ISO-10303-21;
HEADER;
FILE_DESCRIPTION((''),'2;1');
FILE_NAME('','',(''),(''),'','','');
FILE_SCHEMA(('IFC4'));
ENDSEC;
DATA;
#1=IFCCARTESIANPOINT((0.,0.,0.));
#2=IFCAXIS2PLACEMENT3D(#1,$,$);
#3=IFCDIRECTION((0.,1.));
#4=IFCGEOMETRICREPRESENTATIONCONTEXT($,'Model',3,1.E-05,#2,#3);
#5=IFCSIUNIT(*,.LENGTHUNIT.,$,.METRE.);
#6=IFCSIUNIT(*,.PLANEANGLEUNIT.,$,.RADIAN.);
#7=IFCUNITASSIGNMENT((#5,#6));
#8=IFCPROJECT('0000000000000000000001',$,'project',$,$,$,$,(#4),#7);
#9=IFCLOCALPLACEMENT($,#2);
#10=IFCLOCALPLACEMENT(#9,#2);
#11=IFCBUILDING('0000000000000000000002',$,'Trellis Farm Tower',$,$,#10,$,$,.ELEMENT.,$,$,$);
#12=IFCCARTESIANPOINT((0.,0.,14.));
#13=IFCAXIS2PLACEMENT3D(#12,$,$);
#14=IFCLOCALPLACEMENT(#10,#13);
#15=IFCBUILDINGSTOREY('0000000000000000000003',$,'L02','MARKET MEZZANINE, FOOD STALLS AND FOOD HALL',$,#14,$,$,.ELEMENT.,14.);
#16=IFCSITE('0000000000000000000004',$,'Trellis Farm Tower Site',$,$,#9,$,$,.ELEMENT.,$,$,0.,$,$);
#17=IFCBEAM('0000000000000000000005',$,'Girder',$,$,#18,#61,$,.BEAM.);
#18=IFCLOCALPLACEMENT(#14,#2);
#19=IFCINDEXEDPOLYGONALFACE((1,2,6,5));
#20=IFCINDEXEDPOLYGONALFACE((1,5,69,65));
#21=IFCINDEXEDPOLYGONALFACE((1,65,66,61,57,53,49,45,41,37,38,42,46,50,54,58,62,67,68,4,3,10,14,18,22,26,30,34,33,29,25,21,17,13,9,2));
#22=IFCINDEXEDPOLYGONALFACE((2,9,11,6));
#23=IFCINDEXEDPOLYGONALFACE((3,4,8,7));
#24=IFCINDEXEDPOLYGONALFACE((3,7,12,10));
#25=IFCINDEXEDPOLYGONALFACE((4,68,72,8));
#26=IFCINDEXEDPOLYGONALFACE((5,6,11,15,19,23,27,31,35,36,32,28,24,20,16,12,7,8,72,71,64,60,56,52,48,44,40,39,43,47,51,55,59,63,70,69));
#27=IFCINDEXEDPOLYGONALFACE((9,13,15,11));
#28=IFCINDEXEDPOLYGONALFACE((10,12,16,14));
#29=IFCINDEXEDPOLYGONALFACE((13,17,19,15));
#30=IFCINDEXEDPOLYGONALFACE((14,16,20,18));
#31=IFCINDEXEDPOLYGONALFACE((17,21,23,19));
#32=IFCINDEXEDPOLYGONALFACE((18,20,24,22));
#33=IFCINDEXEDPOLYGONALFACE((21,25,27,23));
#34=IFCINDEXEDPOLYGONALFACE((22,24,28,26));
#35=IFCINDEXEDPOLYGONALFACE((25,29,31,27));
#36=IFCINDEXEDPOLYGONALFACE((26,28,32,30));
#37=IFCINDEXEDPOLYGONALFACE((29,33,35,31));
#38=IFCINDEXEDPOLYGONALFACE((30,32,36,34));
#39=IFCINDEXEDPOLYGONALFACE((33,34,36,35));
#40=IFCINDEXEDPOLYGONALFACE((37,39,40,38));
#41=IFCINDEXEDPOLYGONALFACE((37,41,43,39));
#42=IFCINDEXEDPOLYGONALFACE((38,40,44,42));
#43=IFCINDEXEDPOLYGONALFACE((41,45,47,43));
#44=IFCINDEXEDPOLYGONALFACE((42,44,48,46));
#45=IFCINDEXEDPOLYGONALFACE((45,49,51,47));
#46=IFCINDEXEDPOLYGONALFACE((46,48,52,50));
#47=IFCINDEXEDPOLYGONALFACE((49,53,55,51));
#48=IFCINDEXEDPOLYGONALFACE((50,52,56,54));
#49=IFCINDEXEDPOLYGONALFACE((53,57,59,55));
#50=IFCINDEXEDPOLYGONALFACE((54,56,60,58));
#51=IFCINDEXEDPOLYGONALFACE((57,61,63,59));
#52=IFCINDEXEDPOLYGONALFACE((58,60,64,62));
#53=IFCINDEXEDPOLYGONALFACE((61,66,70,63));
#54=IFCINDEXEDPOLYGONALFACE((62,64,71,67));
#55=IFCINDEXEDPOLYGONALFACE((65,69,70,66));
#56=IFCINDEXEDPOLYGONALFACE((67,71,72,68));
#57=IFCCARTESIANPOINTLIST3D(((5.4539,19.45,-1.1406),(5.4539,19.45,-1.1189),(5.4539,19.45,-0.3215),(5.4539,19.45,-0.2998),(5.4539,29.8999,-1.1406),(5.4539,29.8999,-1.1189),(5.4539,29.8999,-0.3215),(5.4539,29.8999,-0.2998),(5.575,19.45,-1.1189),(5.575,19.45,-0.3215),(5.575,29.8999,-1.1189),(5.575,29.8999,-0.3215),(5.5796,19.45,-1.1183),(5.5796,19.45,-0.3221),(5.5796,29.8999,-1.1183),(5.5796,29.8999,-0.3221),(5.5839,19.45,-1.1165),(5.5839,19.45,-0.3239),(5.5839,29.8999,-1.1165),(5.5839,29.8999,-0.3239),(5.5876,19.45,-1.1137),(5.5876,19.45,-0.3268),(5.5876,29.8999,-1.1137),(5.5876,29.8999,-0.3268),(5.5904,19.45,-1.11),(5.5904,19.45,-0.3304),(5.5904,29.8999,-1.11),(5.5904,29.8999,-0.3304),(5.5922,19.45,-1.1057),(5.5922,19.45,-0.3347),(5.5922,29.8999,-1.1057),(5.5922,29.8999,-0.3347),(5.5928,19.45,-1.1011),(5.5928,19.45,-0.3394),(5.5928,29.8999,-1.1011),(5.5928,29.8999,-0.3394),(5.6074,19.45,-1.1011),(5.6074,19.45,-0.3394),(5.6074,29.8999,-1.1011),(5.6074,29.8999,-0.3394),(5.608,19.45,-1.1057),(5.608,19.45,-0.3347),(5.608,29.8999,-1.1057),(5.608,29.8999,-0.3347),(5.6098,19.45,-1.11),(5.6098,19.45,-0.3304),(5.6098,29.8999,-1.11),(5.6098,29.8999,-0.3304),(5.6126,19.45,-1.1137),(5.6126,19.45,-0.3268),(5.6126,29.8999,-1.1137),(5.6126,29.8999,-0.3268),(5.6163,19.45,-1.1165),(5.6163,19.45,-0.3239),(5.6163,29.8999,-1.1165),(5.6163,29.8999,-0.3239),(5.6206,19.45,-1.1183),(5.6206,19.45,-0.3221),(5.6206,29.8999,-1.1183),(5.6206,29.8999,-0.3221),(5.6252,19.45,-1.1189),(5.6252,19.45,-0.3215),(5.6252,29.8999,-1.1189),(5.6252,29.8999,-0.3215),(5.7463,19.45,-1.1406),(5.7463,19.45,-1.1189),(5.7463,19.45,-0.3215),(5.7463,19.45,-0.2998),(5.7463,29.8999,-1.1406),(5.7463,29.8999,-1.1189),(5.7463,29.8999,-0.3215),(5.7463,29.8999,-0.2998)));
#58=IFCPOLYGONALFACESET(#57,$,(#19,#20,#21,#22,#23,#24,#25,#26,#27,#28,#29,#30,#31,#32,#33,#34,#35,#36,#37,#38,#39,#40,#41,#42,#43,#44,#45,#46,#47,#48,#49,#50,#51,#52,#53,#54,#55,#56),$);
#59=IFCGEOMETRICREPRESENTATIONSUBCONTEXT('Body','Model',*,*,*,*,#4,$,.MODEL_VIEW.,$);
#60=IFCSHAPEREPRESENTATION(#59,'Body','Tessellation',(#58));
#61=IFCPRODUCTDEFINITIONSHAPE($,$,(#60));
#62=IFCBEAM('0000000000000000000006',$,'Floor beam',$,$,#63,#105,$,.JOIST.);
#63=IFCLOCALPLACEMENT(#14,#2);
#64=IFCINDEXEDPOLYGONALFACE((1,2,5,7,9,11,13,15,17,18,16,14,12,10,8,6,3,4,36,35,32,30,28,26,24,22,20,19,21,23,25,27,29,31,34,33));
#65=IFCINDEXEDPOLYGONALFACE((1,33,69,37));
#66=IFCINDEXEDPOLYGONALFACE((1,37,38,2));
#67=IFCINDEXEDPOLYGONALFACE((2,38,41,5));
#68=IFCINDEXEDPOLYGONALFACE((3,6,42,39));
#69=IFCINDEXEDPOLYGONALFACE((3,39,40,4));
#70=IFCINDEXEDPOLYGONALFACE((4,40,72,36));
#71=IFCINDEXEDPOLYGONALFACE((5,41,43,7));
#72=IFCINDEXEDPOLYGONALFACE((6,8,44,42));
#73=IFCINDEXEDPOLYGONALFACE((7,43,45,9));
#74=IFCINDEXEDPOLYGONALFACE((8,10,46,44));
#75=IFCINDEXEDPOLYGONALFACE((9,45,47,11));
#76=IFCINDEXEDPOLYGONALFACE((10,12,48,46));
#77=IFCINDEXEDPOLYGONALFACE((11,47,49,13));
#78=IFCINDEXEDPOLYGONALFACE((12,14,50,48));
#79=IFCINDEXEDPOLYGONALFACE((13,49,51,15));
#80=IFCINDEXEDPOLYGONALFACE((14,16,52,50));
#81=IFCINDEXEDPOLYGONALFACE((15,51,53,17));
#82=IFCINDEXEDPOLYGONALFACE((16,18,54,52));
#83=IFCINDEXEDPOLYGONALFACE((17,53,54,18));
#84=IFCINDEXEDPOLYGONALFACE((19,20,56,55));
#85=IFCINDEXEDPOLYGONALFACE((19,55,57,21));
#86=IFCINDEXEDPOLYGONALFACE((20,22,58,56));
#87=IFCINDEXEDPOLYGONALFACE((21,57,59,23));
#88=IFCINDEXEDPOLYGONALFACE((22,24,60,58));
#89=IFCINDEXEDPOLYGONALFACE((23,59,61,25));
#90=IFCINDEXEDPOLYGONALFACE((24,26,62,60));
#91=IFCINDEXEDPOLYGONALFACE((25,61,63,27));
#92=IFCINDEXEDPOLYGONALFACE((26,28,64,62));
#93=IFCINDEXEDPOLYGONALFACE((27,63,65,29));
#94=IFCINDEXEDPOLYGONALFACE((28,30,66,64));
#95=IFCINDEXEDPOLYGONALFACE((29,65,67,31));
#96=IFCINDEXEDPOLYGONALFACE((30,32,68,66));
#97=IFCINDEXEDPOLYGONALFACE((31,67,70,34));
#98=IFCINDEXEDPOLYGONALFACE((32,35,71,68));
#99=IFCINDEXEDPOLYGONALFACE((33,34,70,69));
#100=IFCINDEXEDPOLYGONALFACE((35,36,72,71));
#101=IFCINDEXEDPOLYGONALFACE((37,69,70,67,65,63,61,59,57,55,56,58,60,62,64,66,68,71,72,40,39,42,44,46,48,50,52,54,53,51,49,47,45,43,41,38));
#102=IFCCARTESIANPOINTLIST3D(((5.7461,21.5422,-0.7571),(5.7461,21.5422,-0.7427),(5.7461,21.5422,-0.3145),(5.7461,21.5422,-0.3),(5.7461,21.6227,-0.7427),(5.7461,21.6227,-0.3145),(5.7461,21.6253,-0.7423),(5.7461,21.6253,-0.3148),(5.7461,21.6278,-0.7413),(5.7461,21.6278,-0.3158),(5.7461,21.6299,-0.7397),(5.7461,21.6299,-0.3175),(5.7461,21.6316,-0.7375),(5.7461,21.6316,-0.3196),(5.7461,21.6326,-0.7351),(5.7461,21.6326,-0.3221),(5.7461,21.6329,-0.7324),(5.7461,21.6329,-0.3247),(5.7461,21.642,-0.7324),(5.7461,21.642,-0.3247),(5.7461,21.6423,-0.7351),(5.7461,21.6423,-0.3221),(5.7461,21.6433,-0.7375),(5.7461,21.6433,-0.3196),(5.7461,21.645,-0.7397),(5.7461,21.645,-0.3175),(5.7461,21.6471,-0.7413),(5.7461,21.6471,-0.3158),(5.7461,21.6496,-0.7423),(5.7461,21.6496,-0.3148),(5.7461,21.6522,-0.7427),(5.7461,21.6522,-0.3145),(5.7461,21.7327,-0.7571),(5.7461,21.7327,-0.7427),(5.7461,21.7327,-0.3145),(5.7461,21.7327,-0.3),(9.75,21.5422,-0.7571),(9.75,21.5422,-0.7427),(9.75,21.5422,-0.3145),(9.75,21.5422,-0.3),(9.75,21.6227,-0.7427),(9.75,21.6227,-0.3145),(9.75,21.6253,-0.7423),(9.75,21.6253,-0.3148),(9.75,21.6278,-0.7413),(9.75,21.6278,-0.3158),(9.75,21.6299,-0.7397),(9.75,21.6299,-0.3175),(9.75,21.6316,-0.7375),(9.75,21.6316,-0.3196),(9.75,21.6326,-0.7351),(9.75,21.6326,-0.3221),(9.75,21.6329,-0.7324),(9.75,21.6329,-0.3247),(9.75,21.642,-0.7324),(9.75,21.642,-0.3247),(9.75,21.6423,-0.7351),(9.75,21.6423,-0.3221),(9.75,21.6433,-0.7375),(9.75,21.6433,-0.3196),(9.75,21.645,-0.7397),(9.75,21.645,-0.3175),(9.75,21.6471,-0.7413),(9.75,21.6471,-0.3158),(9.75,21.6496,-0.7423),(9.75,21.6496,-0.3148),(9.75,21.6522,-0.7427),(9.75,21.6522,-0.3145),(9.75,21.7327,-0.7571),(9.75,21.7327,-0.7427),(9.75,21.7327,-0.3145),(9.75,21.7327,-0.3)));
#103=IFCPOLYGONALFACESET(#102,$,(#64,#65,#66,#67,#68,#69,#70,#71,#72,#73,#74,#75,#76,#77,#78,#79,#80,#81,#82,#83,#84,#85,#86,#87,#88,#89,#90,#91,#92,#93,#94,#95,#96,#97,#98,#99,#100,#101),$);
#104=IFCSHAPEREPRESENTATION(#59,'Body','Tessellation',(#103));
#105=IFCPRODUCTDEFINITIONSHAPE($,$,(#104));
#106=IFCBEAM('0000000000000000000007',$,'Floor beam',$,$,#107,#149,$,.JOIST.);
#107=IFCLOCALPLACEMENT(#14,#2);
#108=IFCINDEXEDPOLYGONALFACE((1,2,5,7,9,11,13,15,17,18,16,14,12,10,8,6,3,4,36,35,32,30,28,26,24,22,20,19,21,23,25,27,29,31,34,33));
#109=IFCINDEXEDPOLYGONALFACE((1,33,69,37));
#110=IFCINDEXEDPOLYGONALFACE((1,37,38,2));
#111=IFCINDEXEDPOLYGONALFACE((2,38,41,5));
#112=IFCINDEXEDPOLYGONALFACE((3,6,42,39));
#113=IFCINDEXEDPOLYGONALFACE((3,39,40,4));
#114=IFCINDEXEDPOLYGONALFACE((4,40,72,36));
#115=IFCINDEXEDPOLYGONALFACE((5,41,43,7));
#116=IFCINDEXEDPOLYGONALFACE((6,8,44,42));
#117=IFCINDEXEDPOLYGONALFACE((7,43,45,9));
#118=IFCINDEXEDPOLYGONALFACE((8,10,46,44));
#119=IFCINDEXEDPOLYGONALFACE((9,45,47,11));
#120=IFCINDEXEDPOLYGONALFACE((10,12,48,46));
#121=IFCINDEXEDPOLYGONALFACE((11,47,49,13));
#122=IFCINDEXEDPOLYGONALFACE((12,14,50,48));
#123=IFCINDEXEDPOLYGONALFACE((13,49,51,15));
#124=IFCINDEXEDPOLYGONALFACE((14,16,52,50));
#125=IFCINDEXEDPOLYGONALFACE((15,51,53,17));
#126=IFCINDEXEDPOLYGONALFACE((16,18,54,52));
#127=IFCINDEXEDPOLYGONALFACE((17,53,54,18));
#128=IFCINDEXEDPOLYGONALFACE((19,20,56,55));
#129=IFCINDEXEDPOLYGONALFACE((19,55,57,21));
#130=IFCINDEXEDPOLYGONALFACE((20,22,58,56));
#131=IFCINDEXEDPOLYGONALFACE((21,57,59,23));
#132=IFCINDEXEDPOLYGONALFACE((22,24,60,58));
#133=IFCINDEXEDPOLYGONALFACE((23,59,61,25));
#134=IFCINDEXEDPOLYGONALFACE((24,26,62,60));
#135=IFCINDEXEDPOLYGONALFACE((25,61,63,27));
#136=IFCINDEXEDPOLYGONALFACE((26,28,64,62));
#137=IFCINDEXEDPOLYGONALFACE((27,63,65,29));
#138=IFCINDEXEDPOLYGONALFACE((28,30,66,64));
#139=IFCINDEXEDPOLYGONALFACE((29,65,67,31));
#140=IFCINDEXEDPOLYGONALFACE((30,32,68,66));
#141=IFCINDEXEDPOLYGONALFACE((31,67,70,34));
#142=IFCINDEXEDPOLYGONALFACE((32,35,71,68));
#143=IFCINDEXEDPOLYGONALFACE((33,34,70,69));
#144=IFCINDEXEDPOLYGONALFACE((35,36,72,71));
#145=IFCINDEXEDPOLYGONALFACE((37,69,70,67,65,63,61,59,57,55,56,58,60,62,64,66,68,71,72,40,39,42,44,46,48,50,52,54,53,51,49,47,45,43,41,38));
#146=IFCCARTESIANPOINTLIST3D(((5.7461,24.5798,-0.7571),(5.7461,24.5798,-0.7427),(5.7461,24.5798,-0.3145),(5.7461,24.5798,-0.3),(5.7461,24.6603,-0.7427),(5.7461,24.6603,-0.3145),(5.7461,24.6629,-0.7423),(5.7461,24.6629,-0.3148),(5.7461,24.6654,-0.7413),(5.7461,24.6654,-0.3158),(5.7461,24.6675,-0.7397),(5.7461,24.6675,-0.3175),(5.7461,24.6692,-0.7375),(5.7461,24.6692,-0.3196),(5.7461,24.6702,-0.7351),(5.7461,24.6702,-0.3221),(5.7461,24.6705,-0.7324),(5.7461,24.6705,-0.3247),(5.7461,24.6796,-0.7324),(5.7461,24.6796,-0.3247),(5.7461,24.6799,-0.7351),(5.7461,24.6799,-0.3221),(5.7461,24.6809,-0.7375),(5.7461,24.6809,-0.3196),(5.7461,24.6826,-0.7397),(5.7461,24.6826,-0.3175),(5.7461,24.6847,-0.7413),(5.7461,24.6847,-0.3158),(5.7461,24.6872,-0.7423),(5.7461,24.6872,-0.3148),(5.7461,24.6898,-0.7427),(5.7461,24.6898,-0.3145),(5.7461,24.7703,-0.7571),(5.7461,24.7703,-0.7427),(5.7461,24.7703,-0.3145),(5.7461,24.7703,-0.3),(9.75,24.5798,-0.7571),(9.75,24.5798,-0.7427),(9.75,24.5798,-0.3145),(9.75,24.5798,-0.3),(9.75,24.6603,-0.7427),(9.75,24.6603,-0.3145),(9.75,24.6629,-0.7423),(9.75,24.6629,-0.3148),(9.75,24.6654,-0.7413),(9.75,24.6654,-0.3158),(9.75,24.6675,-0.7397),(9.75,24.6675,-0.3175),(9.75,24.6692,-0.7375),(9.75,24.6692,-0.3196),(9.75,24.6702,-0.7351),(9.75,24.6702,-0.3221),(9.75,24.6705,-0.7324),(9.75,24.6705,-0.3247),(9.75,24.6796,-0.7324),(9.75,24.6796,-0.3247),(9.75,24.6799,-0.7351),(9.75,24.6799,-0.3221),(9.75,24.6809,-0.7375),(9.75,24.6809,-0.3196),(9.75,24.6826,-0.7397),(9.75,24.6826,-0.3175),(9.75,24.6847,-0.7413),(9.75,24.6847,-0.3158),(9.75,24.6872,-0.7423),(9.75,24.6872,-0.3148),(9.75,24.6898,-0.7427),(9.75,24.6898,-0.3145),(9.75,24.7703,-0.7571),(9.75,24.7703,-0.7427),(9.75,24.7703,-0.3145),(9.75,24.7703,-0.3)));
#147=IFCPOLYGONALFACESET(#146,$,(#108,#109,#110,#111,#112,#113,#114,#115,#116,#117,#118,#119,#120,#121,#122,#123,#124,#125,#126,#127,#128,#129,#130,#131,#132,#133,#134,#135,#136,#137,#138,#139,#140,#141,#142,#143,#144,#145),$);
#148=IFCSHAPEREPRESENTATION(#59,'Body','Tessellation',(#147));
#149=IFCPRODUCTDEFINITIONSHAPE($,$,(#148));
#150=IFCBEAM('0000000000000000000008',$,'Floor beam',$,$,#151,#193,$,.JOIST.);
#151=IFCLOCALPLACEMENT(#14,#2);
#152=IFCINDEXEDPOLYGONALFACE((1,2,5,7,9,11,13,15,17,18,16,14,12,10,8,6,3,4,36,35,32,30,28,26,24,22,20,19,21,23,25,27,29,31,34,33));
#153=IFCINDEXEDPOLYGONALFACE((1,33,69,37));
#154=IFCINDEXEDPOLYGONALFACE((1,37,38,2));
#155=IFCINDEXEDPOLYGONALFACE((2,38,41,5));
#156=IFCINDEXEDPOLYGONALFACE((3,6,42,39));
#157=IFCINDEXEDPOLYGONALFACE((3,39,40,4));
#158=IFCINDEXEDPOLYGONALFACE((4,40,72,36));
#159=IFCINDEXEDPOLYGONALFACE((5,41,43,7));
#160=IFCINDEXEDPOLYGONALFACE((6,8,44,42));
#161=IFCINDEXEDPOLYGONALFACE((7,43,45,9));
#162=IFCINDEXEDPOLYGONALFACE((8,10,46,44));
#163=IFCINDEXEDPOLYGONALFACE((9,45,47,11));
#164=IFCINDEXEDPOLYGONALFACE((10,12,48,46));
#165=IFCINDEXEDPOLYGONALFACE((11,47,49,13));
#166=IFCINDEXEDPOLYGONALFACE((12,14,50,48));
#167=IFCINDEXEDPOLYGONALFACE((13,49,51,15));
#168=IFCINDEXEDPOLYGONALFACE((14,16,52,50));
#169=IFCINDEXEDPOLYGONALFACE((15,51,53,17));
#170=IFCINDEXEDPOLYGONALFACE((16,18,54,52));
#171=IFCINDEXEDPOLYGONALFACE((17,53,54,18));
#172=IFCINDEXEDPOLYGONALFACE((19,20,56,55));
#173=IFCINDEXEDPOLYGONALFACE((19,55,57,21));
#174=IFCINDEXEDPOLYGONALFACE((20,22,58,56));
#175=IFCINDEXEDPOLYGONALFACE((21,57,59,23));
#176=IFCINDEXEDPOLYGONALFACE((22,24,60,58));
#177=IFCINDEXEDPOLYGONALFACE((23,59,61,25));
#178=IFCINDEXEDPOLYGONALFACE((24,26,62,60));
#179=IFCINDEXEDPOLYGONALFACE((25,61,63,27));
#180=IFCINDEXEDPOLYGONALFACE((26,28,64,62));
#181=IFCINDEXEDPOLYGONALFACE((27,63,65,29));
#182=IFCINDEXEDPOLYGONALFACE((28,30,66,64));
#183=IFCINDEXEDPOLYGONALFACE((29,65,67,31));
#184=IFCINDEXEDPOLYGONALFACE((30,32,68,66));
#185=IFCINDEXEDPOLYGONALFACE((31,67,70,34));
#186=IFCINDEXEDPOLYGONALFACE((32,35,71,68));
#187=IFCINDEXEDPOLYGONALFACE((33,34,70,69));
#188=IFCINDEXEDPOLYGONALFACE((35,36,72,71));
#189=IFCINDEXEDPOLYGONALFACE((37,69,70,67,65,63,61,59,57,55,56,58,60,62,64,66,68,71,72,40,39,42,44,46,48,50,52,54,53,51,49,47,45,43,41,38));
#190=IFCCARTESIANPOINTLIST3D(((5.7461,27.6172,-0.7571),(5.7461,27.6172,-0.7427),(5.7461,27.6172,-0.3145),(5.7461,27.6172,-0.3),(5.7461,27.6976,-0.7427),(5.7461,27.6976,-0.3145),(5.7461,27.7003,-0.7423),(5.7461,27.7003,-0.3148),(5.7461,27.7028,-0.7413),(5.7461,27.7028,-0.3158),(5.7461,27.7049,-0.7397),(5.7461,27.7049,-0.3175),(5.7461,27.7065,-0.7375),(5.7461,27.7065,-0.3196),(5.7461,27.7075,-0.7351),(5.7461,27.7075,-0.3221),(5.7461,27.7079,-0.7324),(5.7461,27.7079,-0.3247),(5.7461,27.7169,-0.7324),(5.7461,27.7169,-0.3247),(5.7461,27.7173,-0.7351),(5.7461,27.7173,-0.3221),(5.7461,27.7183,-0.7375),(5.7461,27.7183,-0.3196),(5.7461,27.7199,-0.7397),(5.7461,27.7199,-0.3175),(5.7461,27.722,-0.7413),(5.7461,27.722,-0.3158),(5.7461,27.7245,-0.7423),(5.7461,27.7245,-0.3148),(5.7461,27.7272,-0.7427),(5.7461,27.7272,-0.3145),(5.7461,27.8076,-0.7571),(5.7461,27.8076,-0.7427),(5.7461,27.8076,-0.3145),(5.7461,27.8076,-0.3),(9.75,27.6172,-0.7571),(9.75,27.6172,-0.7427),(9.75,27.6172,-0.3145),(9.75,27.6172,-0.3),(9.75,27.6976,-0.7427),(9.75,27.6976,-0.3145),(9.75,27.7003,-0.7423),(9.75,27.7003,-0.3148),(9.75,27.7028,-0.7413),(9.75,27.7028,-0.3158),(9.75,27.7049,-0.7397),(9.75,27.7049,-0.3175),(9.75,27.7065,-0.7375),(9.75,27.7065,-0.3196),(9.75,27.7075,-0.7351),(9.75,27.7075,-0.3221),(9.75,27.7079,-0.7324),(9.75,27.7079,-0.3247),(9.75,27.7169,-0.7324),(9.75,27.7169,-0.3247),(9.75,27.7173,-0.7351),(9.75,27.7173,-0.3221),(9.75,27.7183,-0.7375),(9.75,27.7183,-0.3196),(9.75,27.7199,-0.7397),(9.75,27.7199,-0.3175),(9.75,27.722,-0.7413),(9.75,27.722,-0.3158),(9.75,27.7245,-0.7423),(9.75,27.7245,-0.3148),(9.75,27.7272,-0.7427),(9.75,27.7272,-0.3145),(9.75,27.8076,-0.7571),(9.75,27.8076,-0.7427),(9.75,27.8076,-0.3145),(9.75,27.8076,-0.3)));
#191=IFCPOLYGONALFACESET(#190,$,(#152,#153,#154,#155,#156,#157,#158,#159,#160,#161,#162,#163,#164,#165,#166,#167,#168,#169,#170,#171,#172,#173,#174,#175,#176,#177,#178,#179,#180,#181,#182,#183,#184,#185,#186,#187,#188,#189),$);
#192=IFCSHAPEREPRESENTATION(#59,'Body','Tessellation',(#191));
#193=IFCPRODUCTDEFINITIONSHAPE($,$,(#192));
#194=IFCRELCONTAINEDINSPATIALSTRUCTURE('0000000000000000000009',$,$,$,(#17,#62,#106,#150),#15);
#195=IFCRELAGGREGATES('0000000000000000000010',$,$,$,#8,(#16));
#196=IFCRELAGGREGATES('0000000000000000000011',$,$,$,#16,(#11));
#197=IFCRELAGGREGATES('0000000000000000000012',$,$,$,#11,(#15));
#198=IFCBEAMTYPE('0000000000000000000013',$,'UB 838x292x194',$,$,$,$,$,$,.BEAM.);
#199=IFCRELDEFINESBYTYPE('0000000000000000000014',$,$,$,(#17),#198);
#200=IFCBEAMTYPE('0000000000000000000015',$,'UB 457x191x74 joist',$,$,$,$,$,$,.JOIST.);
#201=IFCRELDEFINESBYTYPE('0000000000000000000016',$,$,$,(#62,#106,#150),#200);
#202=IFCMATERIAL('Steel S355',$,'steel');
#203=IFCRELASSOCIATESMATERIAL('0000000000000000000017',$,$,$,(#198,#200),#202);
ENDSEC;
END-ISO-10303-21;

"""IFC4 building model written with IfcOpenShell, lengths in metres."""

from ifc_helpers import new_model, si_unit, direction, frame, origin, origin_2d, place, context, subcontext, project, spatial, i_section, extrude, source, transform, mapped, material, material_profile, profile_set, type_object, element, save


model = new_model("IFC4")

# Units and contexts
model_context = context("Model", 3, precision=1e-05, world=origin(), true_north=direction((0.0, 1.0)))
body_context = subcontext(model_context, "Body", "Model", "MODEL_VIEW")
ifc_project = project(units=[si_unit("LENGTHUNIT", "METRE"), si_unit("PLANEANGLEUNIT", "RADIAN")], contexts=[model_context])

# Site, building, storey
site_placement = place(None, origin())
site = spatial("IfcSite", under=ifc_project, at=site_placement, Name="Trellis Farm Tower Site", CompositionType="ELEMENT", RefElevation=0.0)
building_placement = place(site_placement, origin())
building = spatial("IfcBuilding", under=site, at=building_placement, Name="Trellis Farm Tower", CompositionType="ELEMENT")
storey_placement = place(building_placement, frame((0.0, 0.0, 14.0)))
storey = spatial("IfcBuildingStorey", under=building, at=storey_placement, Name="L02", Description="MARKET MEZZANINE, FOOD STALLS AND FOOD HALL", CompositionType="ELEMENT", Elevation=14.0)

# Beams
ifc_material_1 = material(Name="Steel S355", Category="steel")
ifc_material_profile_1 = material_profile(ifc_material_1, i_section(OverallWidth=0.2925, OverallDepth=0.8408, WebThickness=0.0146, FlangeThickness=0.0217, FilletRadius=0.0178, at=origin_2d()), Name="UB 838x292x194")
ifc_profile_set_1 = profile_set([ifc_material_profile_1], Name="Steel S355")
beam_type_1 = type_object("IfcBeamType", Name="UB 838x292x194", PredefinedType="BEAM", material=ifc_profile_set_1)
shared_shape_1 = source(origin(), body_context, "Body", "SweptSolid", [
    extrude(i_section(OverallWidth=0.2925, OverallDepth=0.8408, WebThickness=0.0146, FlangeThickness=0.0217, FilletRadius=0.0178, at=origin_2d()), origin(), (0.0, 0.0, 1.0), 10.45),
])
beam_placement = place(storey_placement, frame((5.6001, 19.45, -0.7202), z_axis=(0.0, 1.0, 0.0), x_axis=(-1.0, 0.0, 0.0)))
element("IfcBeam", 1, at=beam_placement, inside=storey, type_object=beam_type_1, Name="Girder", PredefinedType="BEAM", context=body_context, shape_type="MappedRepresentation", body=[
    mapped(shared_shape_1, transform((0.0, 0.0, 0.0))),
])
ifc_material_profile_2 = material_profile(ifc_material_1, i_section(OverallWidth=0.1904, OverallDepth=0.457, WebThickness=0.009, FlangeThickness=0.0144, FilletRadius=0.0103, at=origin_2d()), Name="UB 457x191x74")
ifc_profile_set_2 = profile_set([ifc_material_profile_2], Name="Steel S355")
beam_type_2 = type_object("IfcBeamType", Name="UB 457x191x74 joist", PredefinedType="JOIST", material=ifc_profile_set_2)
shared_shape_2 = source(origin(), body_context, "Body", "SweptSolid", [
    extrude(i_section(OverallWidth=0.1904, OverallDepth=0.457, WebThickness=0.009, FlangeThickness=0.0144, FilletRadius=0.0103, at=origin_2d()), origin(), (0.0, 0.0, 1.0), 4.0039),
])
for number, where, z_axis, x_axis, name in (
    (2, (5.7461, 21.6375, -0.5286), (1.0, 0.0, 0.0), (0.0, 1.0, 0.0), "Floor beam"),
    (3, (5.7461, 24.675, -0.5286), (1.0, 0.0, 0.0), (0.0, 1.0, 0.0), "Floor beam"),
    (4, (5.7461, 27.7124, -0.5286), (1.0, 0.0, 0.0), (0.0, 1.0, 0.0), "Floor beam"),
):
    element("IfcBeam", number, at=place(storey_placement, frame(where, z_axis=z_axis, x_axis=x_axis)), inside=storey, type_object=beam_type_2, Name=name, PredefinedType="JOIST", context=body_context, shape_type="MappedRepresentation", body=[
        mapped(shared_shape_2, transform((0.0, 0.0, 0.0))),
    ])

save(model, "model.ifc")
